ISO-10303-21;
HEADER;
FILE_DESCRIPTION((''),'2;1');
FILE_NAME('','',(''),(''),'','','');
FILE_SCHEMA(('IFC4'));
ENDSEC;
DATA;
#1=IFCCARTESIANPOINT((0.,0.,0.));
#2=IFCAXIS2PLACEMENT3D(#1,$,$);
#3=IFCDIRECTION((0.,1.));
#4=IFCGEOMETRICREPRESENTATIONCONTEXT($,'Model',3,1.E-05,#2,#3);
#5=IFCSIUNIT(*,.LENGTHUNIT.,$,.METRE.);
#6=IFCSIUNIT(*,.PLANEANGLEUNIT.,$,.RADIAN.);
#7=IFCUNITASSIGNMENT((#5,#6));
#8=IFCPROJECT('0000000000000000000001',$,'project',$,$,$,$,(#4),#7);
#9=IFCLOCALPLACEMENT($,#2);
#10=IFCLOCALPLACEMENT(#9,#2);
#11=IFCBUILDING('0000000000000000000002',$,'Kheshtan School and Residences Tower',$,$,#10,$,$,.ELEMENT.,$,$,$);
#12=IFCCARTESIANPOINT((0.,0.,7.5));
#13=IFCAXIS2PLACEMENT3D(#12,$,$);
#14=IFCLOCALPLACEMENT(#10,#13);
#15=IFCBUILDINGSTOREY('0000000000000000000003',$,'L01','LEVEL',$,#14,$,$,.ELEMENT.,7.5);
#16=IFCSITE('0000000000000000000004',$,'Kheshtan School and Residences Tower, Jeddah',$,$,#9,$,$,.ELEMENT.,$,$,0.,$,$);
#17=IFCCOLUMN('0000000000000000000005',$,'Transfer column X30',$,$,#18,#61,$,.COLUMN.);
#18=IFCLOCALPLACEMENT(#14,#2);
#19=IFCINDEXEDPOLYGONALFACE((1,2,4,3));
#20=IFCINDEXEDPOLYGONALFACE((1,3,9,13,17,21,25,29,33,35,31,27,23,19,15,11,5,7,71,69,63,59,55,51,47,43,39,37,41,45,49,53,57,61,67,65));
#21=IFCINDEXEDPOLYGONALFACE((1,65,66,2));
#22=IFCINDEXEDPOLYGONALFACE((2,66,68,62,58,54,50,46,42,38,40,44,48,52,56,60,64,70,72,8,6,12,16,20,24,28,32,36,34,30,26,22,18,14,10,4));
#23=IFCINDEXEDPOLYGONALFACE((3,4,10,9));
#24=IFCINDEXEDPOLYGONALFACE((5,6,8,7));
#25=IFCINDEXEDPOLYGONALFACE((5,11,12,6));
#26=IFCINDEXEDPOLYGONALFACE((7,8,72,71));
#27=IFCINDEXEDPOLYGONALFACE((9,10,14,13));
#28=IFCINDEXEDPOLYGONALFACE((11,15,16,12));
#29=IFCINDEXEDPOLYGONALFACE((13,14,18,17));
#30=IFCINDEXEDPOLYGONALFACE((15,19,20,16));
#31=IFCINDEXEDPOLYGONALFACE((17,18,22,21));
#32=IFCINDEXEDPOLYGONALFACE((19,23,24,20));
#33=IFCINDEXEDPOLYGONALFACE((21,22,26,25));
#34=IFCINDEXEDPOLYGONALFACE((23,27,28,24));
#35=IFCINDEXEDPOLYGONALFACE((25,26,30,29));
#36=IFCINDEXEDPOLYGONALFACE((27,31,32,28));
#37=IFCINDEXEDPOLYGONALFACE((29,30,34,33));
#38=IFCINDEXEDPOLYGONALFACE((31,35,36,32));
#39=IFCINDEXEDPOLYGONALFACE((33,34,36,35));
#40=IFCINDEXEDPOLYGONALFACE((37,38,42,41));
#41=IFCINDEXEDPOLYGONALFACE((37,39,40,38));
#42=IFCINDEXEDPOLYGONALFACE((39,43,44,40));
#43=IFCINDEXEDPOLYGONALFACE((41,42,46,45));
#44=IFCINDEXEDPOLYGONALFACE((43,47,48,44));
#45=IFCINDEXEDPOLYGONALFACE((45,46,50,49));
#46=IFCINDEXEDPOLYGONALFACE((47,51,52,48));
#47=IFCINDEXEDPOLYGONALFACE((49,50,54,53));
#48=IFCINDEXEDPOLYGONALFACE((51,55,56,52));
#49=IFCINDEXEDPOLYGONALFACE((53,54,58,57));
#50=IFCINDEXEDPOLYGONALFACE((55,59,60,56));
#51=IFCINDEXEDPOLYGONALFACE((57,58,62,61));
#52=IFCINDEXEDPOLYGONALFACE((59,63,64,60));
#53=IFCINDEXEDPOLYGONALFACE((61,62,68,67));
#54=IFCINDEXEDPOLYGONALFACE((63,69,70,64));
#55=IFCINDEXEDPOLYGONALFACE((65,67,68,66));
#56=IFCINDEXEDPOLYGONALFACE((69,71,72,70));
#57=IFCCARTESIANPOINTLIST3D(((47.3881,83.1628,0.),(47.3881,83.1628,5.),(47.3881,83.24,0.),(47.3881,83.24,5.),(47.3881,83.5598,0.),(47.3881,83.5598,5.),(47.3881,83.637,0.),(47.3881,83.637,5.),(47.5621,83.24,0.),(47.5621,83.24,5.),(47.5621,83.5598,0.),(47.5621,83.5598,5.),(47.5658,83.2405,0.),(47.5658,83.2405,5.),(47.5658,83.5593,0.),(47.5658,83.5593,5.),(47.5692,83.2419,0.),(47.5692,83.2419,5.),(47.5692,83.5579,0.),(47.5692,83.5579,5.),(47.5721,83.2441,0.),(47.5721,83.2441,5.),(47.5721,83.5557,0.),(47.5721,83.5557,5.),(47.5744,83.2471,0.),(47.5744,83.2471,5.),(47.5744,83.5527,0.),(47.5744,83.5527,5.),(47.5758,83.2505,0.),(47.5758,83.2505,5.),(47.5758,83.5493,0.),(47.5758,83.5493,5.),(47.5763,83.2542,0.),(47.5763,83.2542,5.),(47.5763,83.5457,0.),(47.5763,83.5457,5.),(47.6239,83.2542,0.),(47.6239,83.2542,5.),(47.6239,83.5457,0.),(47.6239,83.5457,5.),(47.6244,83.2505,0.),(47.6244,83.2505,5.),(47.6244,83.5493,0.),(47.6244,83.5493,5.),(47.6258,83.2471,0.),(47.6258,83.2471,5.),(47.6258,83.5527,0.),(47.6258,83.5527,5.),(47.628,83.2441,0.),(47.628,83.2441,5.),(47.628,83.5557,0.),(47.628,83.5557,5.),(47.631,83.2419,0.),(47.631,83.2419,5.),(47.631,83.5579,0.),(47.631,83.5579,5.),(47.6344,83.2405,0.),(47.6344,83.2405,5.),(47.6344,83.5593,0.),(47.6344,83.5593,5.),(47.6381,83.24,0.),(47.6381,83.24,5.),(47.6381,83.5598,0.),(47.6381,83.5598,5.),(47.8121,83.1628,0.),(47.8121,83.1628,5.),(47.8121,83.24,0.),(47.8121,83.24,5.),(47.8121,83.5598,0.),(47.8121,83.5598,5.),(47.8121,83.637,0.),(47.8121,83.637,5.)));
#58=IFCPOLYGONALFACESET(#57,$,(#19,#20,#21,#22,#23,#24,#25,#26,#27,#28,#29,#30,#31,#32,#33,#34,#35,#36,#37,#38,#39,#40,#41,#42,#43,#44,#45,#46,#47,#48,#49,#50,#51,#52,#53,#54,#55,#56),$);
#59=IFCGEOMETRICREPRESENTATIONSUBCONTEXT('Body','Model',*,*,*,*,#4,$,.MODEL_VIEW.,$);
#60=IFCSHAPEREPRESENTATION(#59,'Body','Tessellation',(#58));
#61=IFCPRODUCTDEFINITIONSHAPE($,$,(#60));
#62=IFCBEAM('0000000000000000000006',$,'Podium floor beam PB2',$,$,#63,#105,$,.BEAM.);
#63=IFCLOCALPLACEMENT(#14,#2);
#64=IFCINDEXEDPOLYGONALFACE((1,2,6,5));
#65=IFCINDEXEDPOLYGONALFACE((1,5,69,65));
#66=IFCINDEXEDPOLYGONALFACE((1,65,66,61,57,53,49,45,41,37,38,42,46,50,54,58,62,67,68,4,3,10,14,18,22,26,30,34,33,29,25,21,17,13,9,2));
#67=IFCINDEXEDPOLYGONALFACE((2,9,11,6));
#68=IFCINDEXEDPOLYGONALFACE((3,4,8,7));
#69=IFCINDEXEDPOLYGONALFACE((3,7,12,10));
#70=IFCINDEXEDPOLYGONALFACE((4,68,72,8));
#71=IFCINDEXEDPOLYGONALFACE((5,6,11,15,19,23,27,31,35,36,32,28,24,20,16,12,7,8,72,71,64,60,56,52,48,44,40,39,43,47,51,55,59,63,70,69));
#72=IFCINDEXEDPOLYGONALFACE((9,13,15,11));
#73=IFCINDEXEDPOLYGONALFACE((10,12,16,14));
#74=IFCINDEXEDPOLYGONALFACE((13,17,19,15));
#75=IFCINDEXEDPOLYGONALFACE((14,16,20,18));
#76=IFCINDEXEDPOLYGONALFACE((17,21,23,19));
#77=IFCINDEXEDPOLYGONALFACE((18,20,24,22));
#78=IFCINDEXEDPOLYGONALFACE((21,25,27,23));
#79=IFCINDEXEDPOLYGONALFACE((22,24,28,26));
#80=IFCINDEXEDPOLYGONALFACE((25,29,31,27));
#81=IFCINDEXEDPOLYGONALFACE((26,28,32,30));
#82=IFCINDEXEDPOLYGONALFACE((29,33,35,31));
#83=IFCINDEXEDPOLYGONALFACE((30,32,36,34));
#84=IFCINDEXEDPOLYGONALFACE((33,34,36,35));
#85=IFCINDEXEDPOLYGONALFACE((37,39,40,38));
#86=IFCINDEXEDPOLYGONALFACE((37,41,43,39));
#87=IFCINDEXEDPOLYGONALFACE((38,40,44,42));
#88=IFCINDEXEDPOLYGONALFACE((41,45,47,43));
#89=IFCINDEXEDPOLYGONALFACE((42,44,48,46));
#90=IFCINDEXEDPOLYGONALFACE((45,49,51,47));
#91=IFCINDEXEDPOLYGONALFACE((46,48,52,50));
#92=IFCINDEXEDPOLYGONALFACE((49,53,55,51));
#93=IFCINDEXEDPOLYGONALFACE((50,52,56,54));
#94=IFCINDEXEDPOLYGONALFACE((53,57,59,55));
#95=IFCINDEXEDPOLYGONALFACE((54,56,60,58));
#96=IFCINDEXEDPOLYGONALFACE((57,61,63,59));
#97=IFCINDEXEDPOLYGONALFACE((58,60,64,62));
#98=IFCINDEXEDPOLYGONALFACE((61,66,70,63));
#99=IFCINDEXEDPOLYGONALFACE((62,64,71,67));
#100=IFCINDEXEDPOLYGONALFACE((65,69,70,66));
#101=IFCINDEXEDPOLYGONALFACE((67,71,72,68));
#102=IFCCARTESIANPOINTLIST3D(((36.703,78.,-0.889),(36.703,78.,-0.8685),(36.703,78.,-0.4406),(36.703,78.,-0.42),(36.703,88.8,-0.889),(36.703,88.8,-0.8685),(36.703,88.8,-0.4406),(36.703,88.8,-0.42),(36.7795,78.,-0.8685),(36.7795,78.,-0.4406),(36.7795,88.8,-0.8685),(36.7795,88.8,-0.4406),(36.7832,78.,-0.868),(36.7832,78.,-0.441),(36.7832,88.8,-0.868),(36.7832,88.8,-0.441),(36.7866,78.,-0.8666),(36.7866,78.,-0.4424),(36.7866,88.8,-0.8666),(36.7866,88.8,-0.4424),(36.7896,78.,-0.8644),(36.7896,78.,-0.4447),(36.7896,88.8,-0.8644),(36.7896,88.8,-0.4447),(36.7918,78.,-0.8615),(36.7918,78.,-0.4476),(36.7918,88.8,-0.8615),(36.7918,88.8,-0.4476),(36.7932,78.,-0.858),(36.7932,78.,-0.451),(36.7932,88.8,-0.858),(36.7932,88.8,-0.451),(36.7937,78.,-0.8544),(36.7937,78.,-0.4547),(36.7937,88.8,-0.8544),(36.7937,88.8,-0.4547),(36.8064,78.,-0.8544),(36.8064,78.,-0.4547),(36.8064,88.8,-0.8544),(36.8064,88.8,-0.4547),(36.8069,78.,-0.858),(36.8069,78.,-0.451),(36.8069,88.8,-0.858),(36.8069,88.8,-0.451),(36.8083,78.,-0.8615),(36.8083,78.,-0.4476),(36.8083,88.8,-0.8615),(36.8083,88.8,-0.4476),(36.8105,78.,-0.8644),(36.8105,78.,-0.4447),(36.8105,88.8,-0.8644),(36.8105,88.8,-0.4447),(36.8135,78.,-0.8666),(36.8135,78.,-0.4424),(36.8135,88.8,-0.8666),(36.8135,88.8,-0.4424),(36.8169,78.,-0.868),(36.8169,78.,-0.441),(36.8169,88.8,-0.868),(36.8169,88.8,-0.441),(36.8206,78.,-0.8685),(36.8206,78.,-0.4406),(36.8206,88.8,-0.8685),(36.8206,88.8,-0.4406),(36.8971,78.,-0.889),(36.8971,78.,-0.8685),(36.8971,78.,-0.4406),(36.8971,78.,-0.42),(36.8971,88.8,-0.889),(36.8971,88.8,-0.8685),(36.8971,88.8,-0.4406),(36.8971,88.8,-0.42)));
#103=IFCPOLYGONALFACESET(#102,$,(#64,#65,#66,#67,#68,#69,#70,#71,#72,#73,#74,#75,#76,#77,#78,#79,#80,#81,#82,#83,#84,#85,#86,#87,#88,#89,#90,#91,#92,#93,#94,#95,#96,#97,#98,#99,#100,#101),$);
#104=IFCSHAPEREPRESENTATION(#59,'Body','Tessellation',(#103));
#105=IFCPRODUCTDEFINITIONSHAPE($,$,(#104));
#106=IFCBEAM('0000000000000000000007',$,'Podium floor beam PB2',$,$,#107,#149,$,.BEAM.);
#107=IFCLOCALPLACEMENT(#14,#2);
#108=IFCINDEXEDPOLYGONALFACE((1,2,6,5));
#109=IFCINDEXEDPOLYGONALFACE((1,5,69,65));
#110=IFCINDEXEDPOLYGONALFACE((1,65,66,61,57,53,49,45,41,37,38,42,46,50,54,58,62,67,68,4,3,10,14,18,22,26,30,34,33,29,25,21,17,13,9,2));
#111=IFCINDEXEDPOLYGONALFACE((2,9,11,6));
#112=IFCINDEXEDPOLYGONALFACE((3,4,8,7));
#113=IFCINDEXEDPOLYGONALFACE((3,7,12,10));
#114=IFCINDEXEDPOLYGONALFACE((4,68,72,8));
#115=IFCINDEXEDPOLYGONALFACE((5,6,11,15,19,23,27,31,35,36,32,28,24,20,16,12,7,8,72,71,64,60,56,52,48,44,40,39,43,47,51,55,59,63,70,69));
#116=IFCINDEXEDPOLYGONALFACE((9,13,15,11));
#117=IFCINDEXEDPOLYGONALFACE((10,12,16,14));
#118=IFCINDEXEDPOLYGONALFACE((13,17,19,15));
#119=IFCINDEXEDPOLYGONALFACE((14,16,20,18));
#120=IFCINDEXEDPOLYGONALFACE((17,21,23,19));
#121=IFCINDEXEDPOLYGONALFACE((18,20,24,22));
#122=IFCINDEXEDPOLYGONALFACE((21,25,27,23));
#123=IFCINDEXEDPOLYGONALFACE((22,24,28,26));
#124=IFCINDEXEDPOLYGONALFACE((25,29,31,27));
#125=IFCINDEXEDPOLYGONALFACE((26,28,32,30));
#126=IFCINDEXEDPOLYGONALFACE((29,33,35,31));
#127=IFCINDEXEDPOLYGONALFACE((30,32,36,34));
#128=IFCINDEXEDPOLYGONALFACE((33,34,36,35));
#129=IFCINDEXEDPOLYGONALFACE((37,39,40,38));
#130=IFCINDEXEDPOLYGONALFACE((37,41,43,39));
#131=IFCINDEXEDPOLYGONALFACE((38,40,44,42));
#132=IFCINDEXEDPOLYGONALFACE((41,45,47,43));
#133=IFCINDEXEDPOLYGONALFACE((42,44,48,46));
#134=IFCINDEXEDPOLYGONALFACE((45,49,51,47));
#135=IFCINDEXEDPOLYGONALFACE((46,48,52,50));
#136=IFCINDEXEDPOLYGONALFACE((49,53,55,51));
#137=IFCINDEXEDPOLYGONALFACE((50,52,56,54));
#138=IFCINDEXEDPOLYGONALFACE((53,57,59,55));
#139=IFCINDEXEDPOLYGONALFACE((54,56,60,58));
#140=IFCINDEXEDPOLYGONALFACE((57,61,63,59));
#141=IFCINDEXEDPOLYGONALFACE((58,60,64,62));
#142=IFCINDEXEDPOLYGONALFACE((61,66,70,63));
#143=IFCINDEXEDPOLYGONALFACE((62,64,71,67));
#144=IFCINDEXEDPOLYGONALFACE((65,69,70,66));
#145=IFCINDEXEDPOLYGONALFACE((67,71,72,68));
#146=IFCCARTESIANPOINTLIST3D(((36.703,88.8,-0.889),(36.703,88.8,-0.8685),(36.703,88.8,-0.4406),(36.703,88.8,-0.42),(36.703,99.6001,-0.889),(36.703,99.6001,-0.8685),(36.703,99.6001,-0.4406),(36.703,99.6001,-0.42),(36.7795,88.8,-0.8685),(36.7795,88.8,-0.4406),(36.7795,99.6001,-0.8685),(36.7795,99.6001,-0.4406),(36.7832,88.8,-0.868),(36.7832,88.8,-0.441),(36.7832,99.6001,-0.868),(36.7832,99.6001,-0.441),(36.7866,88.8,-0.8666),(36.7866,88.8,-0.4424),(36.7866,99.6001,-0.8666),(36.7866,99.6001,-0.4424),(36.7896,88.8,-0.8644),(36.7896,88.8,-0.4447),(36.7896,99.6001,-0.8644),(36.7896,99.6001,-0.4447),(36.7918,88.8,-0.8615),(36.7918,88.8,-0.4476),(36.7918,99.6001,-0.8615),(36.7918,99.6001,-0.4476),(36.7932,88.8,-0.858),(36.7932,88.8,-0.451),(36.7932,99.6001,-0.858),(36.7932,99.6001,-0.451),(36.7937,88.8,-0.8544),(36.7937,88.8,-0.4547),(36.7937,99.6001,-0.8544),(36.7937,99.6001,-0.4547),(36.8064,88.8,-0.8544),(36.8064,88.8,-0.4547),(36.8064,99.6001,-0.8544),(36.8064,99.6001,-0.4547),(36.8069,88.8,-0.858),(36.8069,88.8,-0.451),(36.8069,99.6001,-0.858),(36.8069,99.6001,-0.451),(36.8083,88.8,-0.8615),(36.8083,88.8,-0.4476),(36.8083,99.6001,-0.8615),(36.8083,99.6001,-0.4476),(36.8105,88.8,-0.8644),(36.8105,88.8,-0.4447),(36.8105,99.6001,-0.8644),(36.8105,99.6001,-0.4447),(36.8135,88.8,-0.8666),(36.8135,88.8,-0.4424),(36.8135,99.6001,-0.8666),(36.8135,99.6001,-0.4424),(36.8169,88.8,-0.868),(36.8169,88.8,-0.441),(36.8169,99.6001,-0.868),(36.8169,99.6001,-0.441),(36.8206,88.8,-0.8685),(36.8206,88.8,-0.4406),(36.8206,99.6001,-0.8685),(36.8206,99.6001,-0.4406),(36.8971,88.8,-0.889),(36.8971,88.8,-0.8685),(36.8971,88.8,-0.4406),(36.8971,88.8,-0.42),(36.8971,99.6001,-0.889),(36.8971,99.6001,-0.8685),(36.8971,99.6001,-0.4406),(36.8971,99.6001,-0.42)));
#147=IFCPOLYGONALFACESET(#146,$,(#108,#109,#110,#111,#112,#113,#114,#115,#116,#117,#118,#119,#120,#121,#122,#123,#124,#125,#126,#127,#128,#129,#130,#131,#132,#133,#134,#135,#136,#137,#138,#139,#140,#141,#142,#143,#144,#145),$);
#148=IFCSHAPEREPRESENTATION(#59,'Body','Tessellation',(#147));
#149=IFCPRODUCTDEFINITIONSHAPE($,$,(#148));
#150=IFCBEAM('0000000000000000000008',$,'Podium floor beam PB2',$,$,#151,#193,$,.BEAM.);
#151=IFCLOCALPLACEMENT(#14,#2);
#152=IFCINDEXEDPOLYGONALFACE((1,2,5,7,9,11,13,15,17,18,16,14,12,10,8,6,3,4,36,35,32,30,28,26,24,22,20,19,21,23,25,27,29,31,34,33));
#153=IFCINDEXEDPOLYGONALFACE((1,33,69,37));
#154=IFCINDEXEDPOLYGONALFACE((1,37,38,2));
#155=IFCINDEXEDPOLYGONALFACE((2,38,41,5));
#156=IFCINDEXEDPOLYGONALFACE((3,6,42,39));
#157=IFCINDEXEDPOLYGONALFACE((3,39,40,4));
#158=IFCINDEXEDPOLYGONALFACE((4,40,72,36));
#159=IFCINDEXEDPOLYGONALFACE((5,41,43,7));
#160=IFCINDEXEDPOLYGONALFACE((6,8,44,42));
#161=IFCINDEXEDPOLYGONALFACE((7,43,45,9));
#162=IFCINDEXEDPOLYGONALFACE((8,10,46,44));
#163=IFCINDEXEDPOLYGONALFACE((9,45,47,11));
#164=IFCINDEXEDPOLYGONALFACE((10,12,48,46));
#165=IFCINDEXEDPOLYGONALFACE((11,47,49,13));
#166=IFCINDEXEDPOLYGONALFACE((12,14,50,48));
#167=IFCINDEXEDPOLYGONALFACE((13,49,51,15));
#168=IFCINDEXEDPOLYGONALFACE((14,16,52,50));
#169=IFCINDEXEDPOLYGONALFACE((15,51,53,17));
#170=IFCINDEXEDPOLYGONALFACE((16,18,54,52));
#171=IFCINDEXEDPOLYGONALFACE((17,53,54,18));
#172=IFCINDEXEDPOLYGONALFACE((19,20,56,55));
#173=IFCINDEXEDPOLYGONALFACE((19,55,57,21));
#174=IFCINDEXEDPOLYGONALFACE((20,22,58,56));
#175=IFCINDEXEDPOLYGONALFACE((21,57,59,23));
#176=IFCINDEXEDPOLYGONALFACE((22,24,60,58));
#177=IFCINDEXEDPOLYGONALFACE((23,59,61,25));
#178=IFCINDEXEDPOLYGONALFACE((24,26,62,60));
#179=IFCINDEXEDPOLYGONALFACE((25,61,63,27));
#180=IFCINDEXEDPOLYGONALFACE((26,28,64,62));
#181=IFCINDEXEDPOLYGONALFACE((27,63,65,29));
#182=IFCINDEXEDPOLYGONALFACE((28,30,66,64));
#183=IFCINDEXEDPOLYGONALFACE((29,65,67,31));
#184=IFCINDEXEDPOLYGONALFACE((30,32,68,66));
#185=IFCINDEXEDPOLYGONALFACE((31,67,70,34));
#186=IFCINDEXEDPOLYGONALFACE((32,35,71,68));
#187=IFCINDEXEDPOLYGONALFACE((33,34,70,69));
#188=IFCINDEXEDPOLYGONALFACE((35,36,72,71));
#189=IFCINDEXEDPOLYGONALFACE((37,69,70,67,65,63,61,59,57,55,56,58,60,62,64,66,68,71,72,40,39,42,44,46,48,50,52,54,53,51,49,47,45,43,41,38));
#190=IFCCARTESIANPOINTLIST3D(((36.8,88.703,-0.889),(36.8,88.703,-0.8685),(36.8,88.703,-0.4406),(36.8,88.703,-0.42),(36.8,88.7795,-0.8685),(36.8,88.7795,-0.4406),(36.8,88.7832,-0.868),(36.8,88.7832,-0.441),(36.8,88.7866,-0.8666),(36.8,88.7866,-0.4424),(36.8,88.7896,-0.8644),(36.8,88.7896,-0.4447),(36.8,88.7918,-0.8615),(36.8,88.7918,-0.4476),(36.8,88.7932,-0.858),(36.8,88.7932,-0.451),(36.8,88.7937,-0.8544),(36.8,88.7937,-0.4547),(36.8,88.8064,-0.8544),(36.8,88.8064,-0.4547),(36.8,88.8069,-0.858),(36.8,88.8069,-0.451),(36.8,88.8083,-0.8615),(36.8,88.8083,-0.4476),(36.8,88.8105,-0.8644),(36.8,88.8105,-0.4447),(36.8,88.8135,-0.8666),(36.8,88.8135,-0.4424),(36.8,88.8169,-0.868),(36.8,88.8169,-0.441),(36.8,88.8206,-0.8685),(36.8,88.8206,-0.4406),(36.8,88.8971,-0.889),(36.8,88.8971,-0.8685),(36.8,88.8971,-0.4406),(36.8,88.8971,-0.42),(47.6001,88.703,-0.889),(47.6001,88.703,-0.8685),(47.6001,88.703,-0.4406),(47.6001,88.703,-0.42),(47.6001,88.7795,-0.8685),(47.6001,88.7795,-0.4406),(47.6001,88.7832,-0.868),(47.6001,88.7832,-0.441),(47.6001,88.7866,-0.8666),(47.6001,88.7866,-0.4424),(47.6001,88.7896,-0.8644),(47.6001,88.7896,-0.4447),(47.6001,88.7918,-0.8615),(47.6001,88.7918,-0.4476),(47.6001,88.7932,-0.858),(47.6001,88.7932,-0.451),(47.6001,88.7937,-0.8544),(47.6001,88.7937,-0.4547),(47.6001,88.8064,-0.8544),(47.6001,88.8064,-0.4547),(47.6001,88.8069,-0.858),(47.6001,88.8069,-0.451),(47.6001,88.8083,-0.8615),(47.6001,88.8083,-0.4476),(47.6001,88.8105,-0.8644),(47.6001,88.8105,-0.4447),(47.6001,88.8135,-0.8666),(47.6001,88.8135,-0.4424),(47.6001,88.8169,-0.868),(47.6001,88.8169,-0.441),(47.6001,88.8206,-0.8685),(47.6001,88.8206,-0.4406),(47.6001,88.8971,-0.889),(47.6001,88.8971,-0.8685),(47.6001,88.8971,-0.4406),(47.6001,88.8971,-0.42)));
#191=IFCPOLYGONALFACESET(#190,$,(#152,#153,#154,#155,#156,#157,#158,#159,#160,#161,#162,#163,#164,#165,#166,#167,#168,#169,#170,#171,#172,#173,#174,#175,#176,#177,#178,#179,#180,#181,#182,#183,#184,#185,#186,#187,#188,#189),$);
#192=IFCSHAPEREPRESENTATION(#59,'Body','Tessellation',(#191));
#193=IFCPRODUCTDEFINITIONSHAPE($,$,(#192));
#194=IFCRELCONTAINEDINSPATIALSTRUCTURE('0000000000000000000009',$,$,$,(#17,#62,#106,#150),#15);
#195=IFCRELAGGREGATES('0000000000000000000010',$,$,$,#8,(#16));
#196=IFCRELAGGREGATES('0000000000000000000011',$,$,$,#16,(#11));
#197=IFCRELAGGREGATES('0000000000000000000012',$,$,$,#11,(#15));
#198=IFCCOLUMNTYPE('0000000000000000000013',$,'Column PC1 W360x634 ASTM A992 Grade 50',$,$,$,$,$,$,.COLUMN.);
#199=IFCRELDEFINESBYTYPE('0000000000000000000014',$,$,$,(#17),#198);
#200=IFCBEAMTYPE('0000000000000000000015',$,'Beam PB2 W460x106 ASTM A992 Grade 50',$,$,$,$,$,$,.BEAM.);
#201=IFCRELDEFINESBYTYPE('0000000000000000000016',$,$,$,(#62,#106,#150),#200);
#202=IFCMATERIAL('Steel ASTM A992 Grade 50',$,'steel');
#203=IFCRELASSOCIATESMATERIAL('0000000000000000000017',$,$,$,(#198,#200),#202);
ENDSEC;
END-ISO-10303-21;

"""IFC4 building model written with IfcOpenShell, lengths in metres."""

from ifc_helpers import new_model, si_unit, direction, frame, origin, origin_2d, place, context, subcontext, project, spatial, i_section, extrude, material, material_profile, profile_set, type_object, element, save


model = new_model("IFC4")

# Units and contexts
model_context = context("Model", 3, precision=1e-05, world=origin(), true_north=direction((0.0, 1.0)))
body_context = subcontext(model_context, "Body", "Model", "MODEL_VIEW")
ifc_project = project(units=[si_unit("LENGTHUNIT", "METRE"), si_unit("PLANEANGLEUNIT", "RADIAN")], contexts=[model_context])

# Site, building, storey
site_placement = place(None, origin())
site = spatial("IfcSite", under=ifc_project, at=site_placement, Name="Kheshtan School and Residences Tower, Jeddah", CompositionType="ELEMENT", RefElevation=0.0)
building_placement = place(site_placement, origin())
building = spatial("IfcBuilding", under=site, at=building_placement, Name="Kheshtan School and Residences Tower", CompositionType="ELEMENT")
storey_placement = place(building_placement, frame((0.0, 0.0, 7.5)))
storey = spatial("IfcBuildingStorey", under=building, at=storey_placement, Name="L01", Description="LEVEL", CompositionType="ELEMENT", Elevation=7.5)

# Column
ifc_material_1 = material(Name="Steel ASTM A992 Grade 50", Category="steel")
ifc_material_profile_1 = material_profile(ifc_material_1, i_section(OverallWidth=0.4241, OverallDepth=0.4741, WebThickness=0.0476, FlangeThickness=0.0771, FilletRadius=0.0142, at=origin_2d()), Name="W360x634")
ifc_profile_set_1 = profile_set([ifc_material_profile_1], Name="Steel ASTM A992 Grade 50")
column_type = type_object("IfcColumnType", Name="Column PC1 W360x634 ASTM A992 Grade 50", PredefinedType="COLUMN", material=ifc_profile_set_1)
for number, where, z_axis, x_axis, name in (
    (1, (47.6001, 83.3999, 0.0), (0.0, 0.0, 1.0), (1.0, 0.0, 0.0), "Transfer column X30"),
):
    element("IfcColumn", number, at=place(storey_placement, frame(where, z_axis=z_axis, x_axis=x_axis)), inside=storey, type_object=column_type, Name=name, PredefinedType="COLUMN", context=body_context, shape_type="SweptSolid", body=[
        extrude(i_section(OverallWidth=0.4241, OverallDepth=0.4741, WebThickness=0.0476, FlangeThickness=0.0771, FilletRadius=0.0142, at=origin_2d()), origin(), (0.0, 0.0, 1.0), 5.0),
    ])

# Beams
ifc_material_profile_2 = material_profile(ifc_material_1, i_section(OverallWidth=0.1941, OverallDepth=0.469, WebThickness=0.0127, FlangeThickness=0.0205, FilletRadius=0.0142, at=origin_2d()), Name="W460x106")
ifc_profile_set_2 = profile_set([ifc_material_profile_2], Name="Steel ASTM A992 Grade 50")
beam_type = type_object("IfcBeamType", Name="Beam PB2 W460x106 ASTM A992 Grade 50", PredefinedType="BEAM", material=ifc_profile_set_2)
for number, where, z_axis, x_axis, name in (
    (2, (36.8, 78.0, -0.6545), (0.0, 1.0, 0.0), (-1.0, 0.0, 0.0), "Podium floor beam PB2"),
    (3, (36.8, 88.8, -0.6545), (0.0, 1.0, 0.0), (-1.0, 0.0, 0.0), "Podium floor beam PB2"),
    (4, (36.8, 88.8, -0.6545), (1.0, 0.0, 0.0), (0.0, 1.0, 0.0), "Podium floor beam PB2"),
):
    element("IfcBeam", number, at=place(storey_placement, frame(where, z_axis=z_axis, x_axis=x_axis)), inside=storey, type_object=beam_type, Name=name, PredefinedType="BEAM", context=body_context, shape_type="SweptSolid", body=[
        extrude(i_section(OverallWidth=0.1941, OverallDepth=0.469, WebThickness=0.0127, FlangeThickness=0.0205, FilletRadius=0.0142, at=origin_2d()), origin(), (0.0, 0.0, 1.0), 10.8),
    ])

save(model, "model.ifc")
